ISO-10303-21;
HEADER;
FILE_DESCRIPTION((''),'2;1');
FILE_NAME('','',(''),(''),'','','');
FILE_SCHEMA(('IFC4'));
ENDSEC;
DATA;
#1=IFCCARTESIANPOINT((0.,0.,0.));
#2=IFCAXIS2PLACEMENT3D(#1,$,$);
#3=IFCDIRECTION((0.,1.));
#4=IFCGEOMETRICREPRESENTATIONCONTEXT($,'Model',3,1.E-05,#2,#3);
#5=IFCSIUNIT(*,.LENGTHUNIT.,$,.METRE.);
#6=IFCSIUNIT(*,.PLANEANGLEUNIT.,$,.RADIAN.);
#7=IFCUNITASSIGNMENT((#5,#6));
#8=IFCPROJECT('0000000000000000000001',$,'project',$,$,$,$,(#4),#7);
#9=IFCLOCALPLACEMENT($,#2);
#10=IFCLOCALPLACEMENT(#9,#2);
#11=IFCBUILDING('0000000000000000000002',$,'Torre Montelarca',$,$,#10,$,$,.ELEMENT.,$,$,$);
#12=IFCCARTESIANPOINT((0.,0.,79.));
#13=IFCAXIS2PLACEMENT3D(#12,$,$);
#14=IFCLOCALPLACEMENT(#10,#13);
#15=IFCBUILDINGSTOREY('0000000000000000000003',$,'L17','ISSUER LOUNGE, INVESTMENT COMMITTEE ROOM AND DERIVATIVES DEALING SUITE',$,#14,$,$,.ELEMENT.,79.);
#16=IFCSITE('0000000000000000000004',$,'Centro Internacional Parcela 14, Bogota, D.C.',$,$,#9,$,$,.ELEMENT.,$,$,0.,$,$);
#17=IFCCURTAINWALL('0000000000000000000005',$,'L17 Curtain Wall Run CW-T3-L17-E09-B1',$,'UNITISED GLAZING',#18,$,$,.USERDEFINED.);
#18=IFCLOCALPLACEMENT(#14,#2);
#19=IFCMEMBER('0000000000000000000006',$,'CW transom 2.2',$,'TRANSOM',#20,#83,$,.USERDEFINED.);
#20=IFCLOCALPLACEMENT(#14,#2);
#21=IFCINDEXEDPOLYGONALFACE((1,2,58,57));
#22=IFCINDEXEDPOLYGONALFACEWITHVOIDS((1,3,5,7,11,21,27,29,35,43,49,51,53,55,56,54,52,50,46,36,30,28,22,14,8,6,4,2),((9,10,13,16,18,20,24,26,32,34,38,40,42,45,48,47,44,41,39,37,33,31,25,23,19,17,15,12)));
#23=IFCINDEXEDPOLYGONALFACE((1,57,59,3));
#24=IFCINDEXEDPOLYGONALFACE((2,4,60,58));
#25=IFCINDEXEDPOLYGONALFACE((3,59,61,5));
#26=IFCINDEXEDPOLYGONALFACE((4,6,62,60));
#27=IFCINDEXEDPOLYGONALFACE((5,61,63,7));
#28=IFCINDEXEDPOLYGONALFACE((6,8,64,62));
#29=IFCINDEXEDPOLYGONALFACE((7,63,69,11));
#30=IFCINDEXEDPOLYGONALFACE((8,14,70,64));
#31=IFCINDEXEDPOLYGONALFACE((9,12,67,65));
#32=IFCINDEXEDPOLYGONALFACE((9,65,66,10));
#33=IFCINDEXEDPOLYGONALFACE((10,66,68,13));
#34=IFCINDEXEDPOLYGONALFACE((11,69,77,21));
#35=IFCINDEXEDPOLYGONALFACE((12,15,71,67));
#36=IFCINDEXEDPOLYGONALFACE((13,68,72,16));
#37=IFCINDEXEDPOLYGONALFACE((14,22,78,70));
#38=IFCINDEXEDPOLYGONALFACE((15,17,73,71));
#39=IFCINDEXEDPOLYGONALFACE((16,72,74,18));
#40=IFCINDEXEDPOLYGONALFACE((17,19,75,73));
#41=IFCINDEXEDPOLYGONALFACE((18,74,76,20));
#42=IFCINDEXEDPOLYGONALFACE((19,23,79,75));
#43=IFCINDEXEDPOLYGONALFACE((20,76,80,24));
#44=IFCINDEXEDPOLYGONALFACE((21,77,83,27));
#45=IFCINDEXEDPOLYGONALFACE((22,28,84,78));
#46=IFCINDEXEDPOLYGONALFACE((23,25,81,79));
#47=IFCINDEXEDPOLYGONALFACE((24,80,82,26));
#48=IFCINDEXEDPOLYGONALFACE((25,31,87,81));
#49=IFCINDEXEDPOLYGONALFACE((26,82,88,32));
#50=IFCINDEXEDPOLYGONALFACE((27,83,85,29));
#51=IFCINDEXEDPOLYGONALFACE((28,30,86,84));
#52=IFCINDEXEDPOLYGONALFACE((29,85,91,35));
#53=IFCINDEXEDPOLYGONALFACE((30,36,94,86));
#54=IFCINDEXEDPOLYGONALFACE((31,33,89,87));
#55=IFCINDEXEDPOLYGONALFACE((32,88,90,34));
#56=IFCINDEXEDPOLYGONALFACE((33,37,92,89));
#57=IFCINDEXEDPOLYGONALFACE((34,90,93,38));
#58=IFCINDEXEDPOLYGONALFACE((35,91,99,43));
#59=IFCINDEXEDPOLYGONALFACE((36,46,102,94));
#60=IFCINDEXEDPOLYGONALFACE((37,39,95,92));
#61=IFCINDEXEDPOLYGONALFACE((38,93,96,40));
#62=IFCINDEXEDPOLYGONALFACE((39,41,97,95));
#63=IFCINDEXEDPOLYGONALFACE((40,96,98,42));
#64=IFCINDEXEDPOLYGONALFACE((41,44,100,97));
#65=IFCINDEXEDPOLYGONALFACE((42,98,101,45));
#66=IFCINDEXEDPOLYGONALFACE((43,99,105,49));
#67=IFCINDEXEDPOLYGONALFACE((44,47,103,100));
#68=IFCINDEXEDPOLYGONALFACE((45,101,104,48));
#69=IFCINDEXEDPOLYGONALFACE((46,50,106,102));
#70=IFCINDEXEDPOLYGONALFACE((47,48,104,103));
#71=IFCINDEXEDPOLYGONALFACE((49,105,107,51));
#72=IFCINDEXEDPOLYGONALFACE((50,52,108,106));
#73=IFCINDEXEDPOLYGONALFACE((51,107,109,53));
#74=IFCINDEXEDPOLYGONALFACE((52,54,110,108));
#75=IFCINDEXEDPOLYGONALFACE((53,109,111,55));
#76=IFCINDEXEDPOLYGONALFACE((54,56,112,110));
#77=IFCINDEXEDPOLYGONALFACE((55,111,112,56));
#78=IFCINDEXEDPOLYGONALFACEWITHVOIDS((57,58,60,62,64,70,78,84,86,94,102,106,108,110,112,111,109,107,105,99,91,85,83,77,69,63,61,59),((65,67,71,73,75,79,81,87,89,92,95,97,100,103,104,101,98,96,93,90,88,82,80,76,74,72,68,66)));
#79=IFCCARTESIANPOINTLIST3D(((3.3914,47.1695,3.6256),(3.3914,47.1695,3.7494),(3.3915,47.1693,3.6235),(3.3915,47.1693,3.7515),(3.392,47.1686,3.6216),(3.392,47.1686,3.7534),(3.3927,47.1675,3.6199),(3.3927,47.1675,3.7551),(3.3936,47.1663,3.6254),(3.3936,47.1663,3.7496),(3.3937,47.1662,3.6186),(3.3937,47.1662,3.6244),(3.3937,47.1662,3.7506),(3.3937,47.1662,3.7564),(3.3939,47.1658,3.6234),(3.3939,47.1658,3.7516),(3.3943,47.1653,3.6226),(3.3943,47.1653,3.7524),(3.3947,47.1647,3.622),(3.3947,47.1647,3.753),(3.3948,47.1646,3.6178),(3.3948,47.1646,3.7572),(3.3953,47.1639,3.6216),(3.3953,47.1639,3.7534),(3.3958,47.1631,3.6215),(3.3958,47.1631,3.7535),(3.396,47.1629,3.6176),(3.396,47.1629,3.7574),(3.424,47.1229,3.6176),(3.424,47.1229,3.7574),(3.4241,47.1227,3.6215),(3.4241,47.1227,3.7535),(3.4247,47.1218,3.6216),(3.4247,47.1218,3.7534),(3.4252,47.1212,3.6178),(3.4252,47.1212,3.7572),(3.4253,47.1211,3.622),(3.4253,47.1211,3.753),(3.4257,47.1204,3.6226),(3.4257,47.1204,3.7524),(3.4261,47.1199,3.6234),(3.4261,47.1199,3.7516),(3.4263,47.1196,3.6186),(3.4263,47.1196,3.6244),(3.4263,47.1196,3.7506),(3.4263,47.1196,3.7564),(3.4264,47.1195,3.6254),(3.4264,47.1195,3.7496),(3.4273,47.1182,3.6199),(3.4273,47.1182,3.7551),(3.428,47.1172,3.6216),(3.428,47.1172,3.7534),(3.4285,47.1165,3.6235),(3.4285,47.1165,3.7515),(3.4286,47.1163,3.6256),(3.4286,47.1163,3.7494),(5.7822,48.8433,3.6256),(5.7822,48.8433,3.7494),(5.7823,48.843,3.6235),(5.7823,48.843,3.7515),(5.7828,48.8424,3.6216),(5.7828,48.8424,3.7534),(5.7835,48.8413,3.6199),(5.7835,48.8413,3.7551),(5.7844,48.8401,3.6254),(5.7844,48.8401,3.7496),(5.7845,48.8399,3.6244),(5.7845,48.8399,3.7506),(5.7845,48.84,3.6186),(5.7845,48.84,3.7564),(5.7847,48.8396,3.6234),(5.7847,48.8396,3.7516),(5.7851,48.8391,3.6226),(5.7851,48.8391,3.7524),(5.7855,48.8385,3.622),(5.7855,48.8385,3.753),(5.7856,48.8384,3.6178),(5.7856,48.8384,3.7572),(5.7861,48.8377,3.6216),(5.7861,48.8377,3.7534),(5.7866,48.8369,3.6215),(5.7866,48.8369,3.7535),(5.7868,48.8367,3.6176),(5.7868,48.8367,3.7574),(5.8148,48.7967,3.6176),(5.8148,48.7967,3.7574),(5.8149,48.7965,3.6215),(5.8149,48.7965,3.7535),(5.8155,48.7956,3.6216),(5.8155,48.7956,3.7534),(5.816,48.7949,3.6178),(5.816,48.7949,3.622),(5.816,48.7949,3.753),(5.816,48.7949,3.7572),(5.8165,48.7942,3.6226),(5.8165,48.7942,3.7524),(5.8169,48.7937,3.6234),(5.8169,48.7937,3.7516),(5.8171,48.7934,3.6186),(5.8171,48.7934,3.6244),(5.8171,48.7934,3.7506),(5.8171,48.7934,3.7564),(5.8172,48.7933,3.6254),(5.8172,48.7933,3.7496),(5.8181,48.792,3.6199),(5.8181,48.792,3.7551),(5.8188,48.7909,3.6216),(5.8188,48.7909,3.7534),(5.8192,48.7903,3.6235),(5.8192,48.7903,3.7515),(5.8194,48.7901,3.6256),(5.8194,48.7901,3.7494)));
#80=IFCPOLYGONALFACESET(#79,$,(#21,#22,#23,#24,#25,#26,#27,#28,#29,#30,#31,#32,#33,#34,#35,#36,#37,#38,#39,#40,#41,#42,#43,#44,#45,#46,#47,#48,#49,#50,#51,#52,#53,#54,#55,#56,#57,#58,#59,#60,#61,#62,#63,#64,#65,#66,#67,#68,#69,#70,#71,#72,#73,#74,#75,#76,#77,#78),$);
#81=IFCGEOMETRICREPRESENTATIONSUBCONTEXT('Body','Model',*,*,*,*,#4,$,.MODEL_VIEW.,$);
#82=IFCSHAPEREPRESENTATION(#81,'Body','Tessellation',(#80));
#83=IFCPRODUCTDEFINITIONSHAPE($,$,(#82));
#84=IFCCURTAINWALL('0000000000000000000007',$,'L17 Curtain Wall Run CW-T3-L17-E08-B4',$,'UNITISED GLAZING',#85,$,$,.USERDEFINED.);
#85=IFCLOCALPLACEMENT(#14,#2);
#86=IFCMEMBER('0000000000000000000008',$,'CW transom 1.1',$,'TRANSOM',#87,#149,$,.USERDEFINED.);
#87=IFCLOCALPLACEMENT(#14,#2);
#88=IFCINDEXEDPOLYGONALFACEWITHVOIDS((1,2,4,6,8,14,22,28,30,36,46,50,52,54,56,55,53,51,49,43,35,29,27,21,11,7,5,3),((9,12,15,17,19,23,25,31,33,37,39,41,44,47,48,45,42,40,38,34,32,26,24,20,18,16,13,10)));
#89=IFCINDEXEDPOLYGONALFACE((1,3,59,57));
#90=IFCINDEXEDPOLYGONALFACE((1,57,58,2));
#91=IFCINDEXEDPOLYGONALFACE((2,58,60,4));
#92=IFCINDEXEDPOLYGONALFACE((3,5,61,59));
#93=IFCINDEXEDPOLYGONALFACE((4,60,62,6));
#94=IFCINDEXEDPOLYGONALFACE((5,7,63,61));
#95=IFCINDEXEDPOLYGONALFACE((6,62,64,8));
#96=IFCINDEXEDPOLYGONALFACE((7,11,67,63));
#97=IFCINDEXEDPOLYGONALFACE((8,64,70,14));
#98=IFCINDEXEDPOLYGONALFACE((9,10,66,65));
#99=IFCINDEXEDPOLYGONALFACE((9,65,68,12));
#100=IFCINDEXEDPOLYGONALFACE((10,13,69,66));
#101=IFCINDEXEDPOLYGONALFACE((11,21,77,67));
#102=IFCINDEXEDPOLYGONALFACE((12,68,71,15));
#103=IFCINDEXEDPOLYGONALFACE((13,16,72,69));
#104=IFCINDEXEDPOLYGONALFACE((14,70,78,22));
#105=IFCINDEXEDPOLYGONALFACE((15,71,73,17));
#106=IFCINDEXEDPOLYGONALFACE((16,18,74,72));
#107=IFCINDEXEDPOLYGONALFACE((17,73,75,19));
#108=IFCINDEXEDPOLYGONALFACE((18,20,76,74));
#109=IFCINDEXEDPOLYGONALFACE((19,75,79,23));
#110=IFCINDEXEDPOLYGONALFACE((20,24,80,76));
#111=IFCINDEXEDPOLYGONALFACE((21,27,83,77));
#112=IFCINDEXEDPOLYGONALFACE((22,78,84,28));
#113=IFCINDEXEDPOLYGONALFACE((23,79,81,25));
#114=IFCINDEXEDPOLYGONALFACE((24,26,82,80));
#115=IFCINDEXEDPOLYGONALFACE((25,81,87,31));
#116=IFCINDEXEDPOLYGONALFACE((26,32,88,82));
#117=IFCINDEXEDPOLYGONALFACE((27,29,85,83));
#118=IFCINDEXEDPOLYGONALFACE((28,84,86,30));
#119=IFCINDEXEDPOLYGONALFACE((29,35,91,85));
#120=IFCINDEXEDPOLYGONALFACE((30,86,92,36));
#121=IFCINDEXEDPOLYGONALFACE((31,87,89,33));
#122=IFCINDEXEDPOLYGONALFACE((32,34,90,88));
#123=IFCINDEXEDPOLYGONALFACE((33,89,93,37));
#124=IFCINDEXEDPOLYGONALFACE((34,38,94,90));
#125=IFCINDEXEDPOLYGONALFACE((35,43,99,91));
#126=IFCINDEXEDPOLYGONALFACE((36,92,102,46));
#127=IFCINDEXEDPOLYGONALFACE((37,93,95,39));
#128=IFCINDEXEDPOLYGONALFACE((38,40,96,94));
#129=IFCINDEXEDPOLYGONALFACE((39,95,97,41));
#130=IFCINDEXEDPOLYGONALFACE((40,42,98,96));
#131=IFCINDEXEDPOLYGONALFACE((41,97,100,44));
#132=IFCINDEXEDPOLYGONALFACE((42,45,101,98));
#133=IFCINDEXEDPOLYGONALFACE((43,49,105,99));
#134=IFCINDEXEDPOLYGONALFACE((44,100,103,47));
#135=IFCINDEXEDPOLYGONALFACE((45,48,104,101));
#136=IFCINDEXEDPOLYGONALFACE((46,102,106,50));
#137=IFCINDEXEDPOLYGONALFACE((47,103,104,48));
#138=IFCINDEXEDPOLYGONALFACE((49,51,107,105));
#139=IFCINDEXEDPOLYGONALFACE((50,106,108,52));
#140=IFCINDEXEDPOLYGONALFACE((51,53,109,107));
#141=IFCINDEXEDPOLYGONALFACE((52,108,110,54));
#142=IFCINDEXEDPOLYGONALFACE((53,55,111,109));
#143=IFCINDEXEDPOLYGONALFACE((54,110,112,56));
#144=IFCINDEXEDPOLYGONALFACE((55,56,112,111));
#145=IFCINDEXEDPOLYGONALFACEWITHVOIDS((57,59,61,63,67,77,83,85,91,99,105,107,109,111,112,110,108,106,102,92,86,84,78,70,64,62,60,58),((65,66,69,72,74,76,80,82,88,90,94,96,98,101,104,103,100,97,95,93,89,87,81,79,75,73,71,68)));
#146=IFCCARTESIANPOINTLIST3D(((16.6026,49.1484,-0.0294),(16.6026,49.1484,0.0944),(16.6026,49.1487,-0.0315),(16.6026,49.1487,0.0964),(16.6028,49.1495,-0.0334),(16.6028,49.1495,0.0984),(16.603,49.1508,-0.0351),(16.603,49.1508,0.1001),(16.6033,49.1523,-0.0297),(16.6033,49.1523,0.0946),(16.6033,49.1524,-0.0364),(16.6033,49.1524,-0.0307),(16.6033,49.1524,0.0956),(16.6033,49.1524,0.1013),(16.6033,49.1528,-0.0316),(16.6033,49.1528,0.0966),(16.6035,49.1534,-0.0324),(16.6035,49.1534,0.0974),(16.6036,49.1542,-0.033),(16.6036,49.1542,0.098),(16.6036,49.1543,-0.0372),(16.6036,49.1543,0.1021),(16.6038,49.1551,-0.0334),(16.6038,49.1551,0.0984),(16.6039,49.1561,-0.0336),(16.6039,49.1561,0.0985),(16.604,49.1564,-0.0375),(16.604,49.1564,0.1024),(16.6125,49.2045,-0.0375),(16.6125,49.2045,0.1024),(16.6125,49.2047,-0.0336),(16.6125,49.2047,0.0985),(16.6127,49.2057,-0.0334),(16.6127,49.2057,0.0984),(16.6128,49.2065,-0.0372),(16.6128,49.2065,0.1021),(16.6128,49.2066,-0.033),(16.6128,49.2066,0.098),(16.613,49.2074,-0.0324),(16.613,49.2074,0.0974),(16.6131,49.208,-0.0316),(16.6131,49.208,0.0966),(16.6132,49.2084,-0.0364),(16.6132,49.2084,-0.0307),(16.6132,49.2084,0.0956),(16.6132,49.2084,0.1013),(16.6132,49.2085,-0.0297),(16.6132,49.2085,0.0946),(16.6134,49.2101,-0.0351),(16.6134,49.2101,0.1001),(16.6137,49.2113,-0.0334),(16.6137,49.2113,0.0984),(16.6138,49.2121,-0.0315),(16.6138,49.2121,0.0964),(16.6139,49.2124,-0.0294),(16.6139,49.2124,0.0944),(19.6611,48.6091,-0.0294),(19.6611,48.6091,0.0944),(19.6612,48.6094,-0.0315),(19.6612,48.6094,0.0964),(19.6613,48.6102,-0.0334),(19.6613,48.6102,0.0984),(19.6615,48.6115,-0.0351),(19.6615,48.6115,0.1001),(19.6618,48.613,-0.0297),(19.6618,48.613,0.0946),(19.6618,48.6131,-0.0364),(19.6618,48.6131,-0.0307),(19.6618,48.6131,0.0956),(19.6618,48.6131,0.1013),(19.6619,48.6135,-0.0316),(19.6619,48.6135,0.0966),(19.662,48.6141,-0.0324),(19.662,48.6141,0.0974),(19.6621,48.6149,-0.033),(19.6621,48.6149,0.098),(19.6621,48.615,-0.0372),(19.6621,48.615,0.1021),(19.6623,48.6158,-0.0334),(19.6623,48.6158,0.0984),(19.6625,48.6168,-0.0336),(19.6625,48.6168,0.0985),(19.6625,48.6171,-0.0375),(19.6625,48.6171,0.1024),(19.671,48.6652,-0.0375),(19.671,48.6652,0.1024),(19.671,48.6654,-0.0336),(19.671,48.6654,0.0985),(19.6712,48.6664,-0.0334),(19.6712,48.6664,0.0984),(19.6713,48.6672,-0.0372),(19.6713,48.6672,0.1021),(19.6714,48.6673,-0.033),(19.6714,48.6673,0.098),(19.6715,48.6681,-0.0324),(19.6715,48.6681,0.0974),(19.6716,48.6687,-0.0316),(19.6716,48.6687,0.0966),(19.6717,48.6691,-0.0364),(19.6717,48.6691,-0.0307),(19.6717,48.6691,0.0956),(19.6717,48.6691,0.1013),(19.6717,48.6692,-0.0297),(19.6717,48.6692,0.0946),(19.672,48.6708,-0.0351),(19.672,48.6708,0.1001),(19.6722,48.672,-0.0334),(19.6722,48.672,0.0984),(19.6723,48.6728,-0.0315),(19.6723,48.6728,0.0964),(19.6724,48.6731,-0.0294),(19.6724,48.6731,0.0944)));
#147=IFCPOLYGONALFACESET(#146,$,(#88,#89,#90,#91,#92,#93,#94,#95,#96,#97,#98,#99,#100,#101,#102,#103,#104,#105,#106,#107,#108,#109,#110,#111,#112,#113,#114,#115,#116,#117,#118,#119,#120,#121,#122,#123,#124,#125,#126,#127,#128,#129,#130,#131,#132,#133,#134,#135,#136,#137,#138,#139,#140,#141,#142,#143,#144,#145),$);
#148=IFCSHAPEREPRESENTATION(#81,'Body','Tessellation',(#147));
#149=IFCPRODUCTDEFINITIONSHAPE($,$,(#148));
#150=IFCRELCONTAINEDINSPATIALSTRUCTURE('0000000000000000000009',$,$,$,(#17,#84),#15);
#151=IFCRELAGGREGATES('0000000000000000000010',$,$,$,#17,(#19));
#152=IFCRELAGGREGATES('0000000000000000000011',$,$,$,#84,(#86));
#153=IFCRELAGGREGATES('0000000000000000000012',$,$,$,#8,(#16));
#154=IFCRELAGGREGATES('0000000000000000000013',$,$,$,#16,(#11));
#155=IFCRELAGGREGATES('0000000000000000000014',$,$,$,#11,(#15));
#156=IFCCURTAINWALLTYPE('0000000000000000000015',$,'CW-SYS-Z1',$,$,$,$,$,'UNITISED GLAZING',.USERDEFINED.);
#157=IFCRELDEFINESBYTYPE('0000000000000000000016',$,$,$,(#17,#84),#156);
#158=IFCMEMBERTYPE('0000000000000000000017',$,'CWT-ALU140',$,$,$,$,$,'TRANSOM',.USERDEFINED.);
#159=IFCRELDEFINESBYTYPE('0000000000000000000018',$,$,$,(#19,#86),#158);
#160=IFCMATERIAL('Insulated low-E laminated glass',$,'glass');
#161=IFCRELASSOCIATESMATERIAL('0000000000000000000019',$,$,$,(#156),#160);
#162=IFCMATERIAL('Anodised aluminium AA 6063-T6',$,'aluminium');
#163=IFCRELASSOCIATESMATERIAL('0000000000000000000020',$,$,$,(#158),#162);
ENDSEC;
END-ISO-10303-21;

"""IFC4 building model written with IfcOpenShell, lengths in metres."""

from ifc_helpers import new_model, si_unit, direction, frame, origin, origin_2d, place, context, subcontext, project, spatial, hollow_rectangle, extrude, source, transform, mapped, material, material_profile, profile_set, type_object, element, aggregate, save


model = new_model("IFC4")

# Units and contexts
model_context = context("Model", 3, precision=1e-05, world=origin(), true_north=direction((0.0, 1.0)))
body_context = subcontext(model_context, "Body", "Model", "MODEL_VIEW")
ifc_project = project(units=[si_unit("LENGTHUNIT", "METRE"), si_unit("PLANEANGLEUNIT", "RADIAN")], contexts=[model_context])

# Site, building, storey
site_placement = place(None, origin())
site = spatial("IfcSite", under=ifc_project, at=site_placement, Name="Centro Internacional Parcela 14, Bogota, D.C.", CompositionType="ELEMENT", RefElevation=0.0)
building_placement = place(site_placement, origin())
building = spatial("IfcBuilding", under=site, at=building_placement, Name="Torre Montelarca", CompositionType="ELEMENT")
storey_placement = place(building_placement, frame((0.0, 0.0, 79.0)))
storey = spatial("IfcBuildingStorey", under=building, at=storey_placement, Name="L17", Description="ISSUER LOUNGE, INVESTMENT COMMITTEE ROOM AND DERIVATIVES DEALING SUITE", CompositionType="ELEMENT", Elevation=79.0)

# Curtain walls, members
ifc_material_1 = material(Name="Insulated low-E laminated glass", Category="glass")
curtain_wall_type = type_object("IfcCurtainWallType", Name="CW-SYS-Z1", ElementType="UNITISED GLAZING", PredefinedType="USERDEFINED", material=ifc_material_1)
curtain_wall_1_placement = place(storey_placement, origin())
curtain_wall_1 = element("IfcCurtainWall", 1, at=curtain_wall_1_placement, inside=storey, type_object=curtain_wall_type, Name="L17 Curtain Wall Run CW-T3-L17-E09-B1", ObjectType="UNITISED GLAZING", PredefinedType="USERDEFINED")
ifc_material_2 = material(Name="Anodised aluminium AA 6063-T6", Category="aluminium")
ifc_material_profile_1 = material_profile(ifc_material_2, hollow_rectangle(XDim=0.0649, YDim=0.1399, WallThickness=0.0039, InnerFilletRadius=0.0039, OuterFilletRadius=0.0081, at=origin_2d()), Name="ALU65X140X4", Category="aluminium")
ifc_profile_set_1 = profile_set([ifc_material_profile_1], Name="Anodised aluminium AA 6063-T6")
member_type_1 = type_object("IfcMemberType", Name="CWT-ALU140", ElementType="TRANSOM", PredefinedType="USERDEFINED", material=ifc_profile_set_1)
shared_shape_1 = source(origin(), body_context, "Body", "SweptSolid", [
    extrude(hollow_rectangle(XDim=0.0649, YDim=0.1399, WallThickness=0.0039, InnerFilletRadius=0.0039, OuterFilletRadius=0.0081, at=origin_2d()), origin(), (0.0, 0.0, 1.0), 2.9185),
])
member_1_placement = place(storey_placement, frame((5.8008, 48.8167, 3.6875), z_axis=(-0.819197, -0.573513, 0.0), x_axis=(0.573513, -0.819197, 0.0)))
member_1 = element("IfcMember", 2, at=member_1_placement, type_object=member_type_1, Name="CW transom 2.2", ObjectType="TRANSOM", PredefinedType="USERDEFINED", context=body_context, shape_type="MappedRepresentation", body=[
    mapped(shared_shape_1, transform((0.0, 0.0, 0.0), scale=1.0)),
])
curtain_wall_2_placement = place(storey_placement, origin())
curtain_wall_2 = element("IfcCurtainWall", 3, at=curtain_wall_2_placement, inside=storey, type_object=curtain_wall_type, Name="L17 Curtain Wall Run CW-T3-L17-E08-B4", ObjectType="UNITISED GLAZING", PredefinedType="USERDEFINED")
shared_shape_2 = source(origin(), body_context, "Body", "SweptSolid", [
    extrude(hollow_rectangle(XDim=0.0649, YDim=0.1399, WallThickness=0.0039, InnerFilletRadius=0.0039, OuterFilletRadius=0.0081, at=origin_2d()), origin(), (0.0, 0.0, 1.0), 3.1057),
])
member_2_placement = place(storey_placement, frame((19.6667, 48.6411, 0.0325), z_axis=(-0.984808, 0.173646, 0.0), x_axis=(-0.173646, -0.984808, 0.0)))
member_2 = element("IfcMember", 4, at=member_2_placement, type_object=member_type_1, Name="CW transom 1.1", ObjectType="TRANSOM", PredefinedType="USERDEFINED", context=body_context, shape_type="MappedRepresentation", body=[
    mapped(shared_shape_2, transform((0.0, 0.0, 0.0), scale=1.0)),
])

aggregate(curtain_wall_1, [member_1])
aggregate(curtain_wall_2, [member_2])

save(model, "model.ifc")
